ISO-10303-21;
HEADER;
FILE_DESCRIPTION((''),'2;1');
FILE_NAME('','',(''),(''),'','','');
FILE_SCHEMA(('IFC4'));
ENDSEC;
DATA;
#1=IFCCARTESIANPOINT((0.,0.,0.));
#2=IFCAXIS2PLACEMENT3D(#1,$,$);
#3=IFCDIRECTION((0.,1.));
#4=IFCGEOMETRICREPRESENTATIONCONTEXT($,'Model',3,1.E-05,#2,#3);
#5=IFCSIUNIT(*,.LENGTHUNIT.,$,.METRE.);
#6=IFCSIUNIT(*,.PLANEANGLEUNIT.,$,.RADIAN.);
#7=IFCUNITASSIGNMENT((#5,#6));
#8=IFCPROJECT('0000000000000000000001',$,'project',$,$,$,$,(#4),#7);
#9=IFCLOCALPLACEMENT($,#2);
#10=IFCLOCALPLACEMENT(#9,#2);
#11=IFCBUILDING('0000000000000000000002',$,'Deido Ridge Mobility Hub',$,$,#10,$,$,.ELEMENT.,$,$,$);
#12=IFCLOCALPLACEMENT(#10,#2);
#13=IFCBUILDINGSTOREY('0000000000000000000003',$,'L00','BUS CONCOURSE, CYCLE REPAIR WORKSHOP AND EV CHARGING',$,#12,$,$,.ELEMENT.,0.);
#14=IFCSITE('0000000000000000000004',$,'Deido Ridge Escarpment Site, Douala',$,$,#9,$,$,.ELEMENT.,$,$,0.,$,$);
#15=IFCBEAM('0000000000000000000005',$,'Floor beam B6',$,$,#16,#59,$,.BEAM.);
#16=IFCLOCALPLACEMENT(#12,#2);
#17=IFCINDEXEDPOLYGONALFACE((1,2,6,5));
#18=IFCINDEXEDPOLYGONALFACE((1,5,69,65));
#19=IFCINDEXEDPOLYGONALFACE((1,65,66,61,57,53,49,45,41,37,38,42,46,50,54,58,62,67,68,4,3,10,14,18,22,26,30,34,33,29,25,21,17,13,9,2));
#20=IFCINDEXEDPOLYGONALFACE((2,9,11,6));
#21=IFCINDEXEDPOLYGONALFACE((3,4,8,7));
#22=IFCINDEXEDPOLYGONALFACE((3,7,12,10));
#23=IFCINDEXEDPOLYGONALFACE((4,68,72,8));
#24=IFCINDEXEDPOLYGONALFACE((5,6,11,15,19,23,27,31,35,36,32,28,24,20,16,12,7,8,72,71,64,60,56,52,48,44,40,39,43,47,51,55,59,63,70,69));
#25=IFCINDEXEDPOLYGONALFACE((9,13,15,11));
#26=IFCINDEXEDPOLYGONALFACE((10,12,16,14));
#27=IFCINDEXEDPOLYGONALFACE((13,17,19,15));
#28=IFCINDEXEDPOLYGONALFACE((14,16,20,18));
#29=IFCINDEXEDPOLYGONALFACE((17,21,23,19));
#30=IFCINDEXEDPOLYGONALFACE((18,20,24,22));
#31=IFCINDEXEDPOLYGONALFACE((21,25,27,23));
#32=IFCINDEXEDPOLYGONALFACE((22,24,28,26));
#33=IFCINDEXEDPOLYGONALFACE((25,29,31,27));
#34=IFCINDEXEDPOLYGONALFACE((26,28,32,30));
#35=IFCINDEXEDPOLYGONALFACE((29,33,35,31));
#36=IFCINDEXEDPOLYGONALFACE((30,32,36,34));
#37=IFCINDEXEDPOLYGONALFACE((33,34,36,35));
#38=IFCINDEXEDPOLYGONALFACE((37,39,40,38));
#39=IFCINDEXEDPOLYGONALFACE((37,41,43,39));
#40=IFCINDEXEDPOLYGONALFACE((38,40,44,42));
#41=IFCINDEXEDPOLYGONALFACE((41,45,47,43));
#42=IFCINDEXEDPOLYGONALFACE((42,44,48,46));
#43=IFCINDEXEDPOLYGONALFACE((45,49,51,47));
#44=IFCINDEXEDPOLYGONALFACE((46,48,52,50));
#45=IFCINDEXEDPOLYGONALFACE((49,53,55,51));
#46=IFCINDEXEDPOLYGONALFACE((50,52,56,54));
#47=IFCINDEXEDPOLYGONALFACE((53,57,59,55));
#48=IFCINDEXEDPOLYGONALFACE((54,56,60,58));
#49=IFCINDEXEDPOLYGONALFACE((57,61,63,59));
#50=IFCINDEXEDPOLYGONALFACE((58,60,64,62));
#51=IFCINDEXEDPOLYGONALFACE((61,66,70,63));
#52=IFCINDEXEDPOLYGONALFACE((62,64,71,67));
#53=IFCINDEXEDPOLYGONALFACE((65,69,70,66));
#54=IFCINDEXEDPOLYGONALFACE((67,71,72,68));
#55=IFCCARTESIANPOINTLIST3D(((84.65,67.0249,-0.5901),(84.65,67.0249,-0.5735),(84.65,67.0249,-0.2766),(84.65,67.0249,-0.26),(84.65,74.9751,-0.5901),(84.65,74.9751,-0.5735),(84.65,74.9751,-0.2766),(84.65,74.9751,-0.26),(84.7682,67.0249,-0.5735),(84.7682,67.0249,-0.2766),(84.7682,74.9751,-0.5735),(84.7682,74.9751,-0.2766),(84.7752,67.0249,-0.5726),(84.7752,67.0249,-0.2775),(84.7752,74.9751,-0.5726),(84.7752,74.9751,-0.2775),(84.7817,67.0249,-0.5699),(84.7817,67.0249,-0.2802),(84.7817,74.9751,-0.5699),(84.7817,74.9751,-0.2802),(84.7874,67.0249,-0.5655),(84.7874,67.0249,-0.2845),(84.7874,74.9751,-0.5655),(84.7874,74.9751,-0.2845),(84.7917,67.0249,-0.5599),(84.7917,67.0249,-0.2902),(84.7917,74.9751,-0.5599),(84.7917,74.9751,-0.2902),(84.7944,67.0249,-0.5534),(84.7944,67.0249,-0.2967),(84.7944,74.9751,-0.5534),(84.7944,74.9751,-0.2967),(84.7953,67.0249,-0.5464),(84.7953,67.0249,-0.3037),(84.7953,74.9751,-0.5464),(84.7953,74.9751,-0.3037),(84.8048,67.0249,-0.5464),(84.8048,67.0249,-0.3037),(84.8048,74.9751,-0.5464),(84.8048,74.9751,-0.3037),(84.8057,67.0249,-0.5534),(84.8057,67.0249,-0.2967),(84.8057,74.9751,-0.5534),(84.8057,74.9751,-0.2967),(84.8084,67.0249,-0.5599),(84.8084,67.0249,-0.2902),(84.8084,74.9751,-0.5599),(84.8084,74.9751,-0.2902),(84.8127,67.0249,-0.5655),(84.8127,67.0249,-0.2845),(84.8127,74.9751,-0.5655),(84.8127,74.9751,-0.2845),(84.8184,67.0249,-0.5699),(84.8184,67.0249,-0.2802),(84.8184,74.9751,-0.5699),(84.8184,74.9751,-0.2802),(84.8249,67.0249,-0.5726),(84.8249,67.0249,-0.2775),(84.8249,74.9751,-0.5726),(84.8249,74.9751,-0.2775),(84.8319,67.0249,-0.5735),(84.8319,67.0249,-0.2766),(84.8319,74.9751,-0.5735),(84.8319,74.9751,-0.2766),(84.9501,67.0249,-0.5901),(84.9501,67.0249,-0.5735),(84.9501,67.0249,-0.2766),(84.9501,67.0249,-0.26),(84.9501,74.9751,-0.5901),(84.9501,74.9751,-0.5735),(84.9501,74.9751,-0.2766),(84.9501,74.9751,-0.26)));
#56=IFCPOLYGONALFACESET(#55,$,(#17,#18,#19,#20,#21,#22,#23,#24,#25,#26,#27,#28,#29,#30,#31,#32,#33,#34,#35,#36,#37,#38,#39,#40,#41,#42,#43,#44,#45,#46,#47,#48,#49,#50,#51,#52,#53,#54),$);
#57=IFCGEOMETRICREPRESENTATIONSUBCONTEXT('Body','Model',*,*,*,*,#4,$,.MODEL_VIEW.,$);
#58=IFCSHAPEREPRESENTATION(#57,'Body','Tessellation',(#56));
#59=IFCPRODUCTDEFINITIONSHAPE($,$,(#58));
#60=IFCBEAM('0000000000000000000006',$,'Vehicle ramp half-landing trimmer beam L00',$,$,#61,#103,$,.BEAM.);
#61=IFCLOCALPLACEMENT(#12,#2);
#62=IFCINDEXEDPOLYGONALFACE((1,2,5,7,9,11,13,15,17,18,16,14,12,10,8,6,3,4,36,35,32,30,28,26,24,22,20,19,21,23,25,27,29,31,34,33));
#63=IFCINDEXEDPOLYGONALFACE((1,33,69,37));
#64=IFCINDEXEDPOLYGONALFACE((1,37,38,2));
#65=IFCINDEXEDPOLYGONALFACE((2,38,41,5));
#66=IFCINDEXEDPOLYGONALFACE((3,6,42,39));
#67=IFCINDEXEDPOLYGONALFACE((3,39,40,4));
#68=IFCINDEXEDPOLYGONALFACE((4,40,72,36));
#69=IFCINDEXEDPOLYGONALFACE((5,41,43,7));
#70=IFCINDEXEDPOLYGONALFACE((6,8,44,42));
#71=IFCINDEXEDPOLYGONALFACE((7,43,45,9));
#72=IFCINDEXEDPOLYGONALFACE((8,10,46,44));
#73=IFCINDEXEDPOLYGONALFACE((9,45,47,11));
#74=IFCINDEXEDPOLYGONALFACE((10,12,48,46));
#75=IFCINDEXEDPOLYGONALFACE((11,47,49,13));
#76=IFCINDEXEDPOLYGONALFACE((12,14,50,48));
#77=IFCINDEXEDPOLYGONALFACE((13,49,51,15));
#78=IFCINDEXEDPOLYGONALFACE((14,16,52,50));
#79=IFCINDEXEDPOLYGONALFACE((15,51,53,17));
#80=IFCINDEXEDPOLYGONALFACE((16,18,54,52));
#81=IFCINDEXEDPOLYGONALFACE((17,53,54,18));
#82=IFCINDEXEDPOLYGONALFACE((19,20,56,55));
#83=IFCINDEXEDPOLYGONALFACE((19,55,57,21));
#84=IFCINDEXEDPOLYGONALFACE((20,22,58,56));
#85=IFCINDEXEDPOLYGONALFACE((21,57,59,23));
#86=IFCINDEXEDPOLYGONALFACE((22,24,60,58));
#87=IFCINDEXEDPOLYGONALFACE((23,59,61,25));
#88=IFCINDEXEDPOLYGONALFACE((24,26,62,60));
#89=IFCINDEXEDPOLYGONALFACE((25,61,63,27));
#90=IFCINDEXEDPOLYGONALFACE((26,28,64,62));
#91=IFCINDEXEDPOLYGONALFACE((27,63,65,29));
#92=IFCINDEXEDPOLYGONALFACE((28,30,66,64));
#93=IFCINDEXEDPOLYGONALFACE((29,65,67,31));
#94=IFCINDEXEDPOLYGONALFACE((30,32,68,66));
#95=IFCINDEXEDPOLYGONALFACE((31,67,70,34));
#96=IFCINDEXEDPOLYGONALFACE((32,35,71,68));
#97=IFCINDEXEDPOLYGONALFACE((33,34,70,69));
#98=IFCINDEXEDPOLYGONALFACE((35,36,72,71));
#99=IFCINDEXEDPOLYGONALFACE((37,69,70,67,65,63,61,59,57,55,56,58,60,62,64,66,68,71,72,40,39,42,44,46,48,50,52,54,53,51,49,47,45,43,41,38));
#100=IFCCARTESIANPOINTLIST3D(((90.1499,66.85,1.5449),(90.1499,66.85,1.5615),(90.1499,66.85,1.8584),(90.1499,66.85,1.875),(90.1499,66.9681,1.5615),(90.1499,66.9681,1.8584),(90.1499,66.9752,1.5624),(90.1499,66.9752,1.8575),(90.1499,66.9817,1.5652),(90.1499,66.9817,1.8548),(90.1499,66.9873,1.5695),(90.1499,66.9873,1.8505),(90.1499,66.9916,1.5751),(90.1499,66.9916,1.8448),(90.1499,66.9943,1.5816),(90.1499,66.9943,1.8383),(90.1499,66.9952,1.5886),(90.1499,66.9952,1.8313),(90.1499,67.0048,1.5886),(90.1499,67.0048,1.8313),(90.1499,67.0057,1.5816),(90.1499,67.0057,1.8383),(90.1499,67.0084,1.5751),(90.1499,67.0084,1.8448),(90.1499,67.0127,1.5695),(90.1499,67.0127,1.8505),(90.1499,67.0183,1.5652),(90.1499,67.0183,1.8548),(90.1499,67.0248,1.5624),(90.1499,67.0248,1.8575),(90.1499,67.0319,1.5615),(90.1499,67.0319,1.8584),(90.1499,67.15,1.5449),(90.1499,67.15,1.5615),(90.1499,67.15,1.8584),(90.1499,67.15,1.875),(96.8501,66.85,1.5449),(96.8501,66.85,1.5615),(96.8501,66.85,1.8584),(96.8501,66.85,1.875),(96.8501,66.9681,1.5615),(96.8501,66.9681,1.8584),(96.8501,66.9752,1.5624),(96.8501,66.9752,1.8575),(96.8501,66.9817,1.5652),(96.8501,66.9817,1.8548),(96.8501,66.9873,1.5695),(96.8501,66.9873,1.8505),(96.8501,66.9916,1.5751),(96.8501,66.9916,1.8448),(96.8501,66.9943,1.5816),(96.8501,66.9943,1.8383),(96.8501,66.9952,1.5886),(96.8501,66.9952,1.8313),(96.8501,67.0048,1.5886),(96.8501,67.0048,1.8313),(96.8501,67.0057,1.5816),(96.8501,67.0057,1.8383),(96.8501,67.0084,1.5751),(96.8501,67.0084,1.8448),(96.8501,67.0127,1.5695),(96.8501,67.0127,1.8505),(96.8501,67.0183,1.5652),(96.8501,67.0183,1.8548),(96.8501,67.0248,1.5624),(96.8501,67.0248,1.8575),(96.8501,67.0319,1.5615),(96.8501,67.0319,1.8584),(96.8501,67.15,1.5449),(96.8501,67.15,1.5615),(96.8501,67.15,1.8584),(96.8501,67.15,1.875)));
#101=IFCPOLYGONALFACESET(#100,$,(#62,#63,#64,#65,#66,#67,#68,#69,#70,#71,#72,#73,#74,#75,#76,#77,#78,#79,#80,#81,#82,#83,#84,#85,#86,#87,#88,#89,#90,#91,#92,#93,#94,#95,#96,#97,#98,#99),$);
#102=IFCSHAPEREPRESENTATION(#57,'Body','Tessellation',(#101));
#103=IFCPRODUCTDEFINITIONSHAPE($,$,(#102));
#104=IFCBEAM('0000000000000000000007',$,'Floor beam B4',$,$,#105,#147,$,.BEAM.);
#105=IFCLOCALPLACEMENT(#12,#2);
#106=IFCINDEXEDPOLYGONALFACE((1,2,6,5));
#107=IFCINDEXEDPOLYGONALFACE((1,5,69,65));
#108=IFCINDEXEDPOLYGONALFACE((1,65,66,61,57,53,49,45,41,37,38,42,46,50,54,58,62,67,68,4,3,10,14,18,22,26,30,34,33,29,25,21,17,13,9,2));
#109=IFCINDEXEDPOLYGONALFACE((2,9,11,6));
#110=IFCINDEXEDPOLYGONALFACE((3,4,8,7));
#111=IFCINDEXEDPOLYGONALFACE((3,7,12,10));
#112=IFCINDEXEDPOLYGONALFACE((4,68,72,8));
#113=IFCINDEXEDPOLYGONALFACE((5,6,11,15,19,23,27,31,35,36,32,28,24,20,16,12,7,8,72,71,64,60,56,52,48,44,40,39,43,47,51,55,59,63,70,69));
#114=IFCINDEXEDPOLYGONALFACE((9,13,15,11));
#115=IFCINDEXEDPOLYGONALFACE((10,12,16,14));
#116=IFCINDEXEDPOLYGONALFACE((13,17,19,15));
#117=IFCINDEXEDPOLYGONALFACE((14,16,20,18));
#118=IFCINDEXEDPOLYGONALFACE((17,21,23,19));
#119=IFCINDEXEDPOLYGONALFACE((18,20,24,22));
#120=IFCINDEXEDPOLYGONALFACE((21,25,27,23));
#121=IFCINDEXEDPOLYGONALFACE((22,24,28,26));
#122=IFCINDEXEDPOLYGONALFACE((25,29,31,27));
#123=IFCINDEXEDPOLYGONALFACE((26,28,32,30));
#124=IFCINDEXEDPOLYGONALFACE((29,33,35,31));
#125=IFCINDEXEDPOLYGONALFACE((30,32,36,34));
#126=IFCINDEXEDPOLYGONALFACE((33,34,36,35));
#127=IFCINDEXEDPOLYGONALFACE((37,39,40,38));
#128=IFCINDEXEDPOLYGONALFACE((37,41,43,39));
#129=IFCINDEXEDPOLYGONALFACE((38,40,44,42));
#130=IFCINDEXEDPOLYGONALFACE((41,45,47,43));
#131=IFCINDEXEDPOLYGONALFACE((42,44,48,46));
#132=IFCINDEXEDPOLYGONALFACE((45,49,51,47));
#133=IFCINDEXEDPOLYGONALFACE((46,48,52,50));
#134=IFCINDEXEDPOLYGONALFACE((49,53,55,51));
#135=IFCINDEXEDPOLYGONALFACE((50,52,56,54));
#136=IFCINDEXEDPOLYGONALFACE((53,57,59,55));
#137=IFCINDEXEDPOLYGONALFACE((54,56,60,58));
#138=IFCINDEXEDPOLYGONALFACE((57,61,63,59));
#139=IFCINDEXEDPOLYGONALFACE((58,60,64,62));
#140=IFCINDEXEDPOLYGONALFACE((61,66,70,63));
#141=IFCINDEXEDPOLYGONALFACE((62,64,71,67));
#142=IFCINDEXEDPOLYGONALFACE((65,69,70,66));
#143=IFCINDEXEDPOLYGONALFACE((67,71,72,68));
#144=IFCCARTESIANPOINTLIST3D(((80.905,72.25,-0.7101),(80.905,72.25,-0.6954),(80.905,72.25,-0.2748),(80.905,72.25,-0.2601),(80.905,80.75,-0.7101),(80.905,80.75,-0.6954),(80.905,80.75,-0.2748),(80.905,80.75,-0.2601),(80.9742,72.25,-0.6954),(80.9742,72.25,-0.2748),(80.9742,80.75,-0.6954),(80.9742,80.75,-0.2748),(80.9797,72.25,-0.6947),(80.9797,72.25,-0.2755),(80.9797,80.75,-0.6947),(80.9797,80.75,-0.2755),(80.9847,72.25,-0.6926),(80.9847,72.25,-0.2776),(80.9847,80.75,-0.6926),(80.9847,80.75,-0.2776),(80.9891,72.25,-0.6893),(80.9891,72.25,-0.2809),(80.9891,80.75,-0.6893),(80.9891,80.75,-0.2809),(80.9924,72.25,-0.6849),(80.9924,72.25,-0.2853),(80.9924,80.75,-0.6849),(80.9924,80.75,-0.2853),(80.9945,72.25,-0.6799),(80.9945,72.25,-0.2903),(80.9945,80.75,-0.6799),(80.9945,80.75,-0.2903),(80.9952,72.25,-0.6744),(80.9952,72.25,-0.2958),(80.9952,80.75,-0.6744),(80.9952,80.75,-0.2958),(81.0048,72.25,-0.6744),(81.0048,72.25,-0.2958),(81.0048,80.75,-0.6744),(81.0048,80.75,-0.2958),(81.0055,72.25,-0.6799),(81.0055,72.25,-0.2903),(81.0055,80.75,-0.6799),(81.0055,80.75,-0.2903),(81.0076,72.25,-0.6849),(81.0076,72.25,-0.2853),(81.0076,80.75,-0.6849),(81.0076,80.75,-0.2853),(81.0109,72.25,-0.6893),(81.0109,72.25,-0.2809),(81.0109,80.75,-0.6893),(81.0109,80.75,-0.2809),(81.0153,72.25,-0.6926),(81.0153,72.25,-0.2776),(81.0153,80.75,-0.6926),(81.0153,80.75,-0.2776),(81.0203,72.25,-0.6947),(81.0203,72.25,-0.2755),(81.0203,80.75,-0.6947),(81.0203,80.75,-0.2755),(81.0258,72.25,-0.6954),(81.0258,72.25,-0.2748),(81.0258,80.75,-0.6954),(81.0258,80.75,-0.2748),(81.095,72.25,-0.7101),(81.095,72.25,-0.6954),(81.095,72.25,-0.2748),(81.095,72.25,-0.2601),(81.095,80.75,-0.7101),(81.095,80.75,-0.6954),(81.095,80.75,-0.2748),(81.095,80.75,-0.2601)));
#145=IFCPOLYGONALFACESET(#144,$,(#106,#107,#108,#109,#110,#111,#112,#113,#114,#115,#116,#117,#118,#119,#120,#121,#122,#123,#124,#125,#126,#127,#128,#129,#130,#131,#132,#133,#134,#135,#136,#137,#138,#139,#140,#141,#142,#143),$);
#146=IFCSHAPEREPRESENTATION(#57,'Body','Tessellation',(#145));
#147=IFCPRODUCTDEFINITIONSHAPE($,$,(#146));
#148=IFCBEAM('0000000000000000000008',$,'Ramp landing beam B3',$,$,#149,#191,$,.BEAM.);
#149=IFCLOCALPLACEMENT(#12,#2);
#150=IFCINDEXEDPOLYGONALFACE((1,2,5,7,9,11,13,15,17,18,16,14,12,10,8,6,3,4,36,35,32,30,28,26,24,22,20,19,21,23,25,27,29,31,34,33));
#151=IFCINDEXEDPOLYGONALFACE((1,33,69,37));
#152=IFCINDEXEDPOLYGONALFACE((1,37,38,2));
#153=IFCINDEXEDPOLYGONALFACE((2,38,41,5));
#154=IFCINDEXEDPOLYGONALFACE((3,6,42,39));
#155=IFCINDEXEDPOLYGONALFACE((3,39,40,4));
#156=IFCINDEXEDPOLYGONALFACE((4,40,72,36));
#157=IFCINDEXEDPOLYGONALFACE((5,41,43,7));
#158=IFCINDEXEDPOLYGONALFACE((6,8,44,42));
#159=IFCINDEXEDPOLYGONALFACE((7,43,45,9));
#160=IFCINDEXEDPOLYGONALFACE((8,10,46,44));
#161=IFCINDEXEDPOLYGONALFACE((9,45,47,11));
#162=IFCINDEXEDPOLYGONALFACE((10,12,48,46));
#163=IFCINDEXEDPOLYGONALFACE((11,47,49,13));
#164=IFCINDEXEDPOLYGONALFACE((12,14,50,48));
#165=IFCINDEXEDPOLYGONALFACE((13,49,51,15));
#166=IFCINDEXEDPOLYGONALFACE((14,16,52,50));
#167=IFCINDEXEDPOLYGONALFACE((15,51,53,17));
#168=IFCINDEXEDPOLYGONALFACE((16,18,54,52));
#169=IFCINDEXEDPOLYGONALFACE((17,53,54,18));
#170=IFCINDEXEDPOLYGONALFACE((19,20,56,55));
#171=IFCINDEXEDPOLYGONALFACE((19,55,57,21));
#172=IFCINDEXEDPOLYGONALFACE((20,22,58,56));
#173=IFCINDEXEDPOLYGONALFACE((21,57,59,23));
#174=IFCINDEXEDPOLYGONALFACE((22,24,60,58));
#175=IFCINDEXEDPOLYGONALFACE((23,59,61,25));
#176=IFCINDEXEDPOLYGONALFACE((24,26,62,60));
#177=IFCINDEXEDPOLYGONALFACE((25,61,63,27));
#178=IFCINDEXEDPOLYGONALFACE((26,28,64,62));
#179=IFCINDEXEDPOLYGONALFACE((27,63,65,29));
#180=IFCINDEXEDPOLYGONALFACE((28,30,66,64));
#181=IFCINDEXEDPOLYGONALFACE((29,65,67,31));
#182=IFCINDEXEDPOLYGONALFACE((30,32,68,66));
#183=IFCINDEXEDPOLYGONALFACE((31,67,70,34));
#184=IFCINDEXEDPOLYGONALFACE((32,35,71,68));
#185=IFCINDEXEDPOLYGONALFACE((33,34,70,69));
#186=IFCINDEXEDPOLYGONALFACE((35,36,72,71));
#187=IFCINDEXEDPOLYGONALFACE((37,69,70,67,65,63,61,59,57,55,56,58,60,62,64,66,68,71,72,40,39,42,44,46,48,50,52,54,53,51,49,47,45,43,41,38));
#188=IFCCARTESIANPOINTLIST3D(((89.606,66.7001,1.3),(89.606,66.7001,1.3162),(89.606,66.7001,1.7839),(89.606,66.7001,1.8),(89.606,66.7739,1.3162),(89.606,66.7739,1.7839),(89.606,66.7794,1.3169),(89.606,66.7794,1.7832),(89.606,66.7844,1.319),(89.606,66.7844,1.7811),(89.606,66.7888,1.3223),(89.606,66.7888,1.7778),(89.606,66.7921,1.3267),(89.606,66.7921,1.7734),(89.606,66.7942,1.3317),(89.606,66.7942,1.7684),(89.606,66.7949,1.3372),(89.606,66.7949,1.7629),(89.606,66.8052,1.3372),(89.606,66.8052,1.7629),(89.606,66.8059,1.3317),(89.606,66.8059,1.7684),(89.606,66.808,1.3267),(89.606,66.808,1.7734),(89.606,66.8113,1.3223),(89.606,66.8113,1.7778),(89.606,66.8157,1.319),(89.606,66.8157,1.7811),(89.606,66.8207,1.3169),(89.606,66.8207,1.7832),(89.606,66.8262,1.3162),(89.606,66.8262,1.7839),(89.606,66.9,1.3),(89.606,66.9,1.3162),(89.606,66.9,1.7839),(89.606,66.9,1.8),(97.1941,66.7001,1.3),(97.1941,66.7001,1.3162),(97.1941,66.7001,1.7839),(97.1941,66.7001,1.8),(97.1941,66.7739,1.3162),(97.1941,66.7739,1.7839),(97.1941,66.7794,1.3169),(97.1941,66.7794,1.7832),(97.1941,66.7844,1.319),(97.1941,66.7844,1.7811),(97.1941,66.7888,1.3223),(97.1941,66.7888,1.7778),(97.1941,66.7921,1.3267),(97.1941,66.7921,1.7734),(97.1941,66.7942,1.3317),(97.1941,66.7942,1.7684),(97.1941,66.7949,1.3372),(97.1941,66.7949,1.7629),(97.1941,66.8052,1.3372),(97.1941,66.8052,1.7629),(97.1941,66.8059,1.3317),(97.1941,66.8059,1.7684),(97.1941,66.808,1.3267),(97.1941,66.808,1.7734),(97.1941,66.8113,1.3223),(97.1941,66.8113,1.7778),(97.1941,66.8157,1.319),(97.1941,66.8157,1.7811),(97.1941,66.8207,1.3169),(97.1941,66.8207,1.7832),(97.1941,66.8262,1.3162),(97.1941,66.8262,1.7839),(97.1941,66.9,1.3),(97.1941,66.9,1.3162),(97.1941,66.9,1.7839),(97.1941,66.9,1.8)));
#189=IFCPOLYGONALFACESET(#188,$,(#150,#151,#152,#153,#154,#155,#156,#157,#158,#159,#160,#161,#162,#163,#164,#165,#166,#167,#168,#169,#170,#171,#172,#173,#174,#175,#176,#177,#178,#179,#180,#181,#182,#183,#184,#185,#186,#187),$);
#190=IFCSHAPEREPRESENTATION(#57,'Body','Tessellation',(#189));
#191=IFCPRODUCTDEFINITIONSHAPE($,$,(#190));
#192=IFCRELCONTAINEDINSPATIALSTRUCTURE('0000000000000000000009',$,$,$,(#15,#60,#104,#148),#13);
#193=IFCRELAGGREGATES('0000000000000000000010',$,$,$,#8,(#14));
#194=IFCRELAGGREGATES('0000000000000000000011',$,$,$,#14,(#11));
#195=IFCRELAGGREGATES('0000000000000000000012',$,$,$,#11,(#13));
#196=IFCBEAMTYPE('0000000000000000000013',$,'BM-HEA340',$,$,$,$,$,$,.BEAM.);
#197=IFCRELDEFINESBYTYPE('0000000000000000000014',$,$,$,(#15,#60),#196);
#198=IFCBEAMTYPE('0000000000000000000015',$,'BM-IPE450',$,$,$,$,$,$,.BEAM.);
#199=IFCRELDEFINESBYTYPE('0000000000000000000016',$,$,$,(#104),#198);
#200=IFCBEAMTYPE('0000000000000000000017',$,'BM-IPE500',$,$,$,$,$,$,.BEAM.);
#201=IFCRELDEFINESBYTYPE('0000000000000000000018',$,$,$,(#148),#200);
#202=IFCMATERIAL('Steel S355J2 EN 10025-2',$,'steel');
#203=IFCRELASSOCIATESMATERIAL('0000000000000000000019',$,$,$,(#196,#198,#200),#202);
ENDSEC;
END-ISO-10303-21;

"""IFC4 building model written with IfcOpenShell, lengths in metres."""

from ifc_helpers import new_model, si_unit, direction, frame, origin, origin_2d, place, context, subcontext, project, spatial, i_section, extrude, material, material_profile, profile_set, type_object, element, save


model = new_model("IFC4")

# Units and contexts
model_context = context("Model", 3, precision=1e-05, world=origin(), true_north=direction((0.0, 1.0)))
body_context = subcontext(model_context, "Body", "Model", "MODEL_VIEW")
ifc_project = project(units=[si_unit("LENGTHUNIT", "METRE"), si_unit("PLANEANGLEUNIT", "RADIAN")], contexts=[model_context])

# Site, building, storey
site_placement = place(None, origin())
site = spatial("IfcSite", under=ifc_project, at=site_placement, Name="Deido Ridge Escarpment Site, Douala", CompositionType="ELEMENT", RefElevation=0.0)
building_placement = place(site_placement, origin())
building = spatial("IfcBuilding", under=site, at=building_placement, Name="Deido Ridge Mobility Hub", CompositionType="ELEMENT")
storey_placement = place(building_placement, origin())
storey = spatial("IfcBuildingStorey", under=building, at=storey_placement, Name="L00", Description="BUS CONCOURSE, CYCLE REPAIR WORKSHOP AND EV CHARGING", CompositionType="ELEMENT", Elevation=0.0)

# Shared definitions
ifc_material_1 = material(Name="Steel S355J2 EN 10025-2", Category="steel")

# Beams
ifc_material_profile_1 = material_profile(ifc_material_1, i_section(OverallWidth=0.3, OverallDepth=0.3301, WebThickness=0.0095, FlangeThickness=0.0166, FilletRadius=0.0271, at=origin_2d()), Name="HEA 340")
ifc_profile_set_1 = profile_set([ifc_material_profile_1], Name="Steel S355J2 EN 10025-2")
beam_type_1 = type_object("IfcBeamType", Name="BM-HEA340", PredefinedType="BEAM", material=ifc_profile_set_1)
beam_1_placement = place(storey_placement, frame((84.8, 67.0249, -0.425), z_axis=(0.0, 1.0, 0.0), x_axis=(-1.0, 0.0, 0.0)))
element("IfcBeam", 1, at=beam_1_placement, inside=storey, type_object=beam_type_1, Name="Floor beam B6", PredefinedType="BEAM", context=body_context, shape_type="SweptSolid", body=[
    extrude(i_section(OverallWidth=0.3, OverallDepth=0.3301, WebThickness=0.0095, FlangeThickness=0.0166, FilletRadius=0.0271, at=origin_2d()), origin(), (0.0, 0.0, 1.0), 7.9502),
])
beam_2_placement = place(storey_placement, frame((90.1499, 67.0, 1.71), z_axis=(1.0, 0.0, 0.0), x_axis=(0.0, 1.0, 0.0)))
element("IfcBeam", 2, at=beam_2_placement, inside=storey, type_object=beam_type_1, Name="Vehicle ramp half-landing trimmer beam L00", PredefinedType="BEAM", context=body_context, shape_type="SweptSolid", body=[
    extrude(i_section(OverallWidth=0.3, OverallDepth=0.3301, WebThickness=0.0095, FlangeThickness=0.0166, FilletRadius=0.0271, at=origin_2d()), origin(), (0.0, 0.0, 1.0), 6.7002),
])
ifc_material_profile_2 = material_profile(ifc_material_1, i_section(OverallWidth=0.1899, OverallDepth=0.45, WebThickness=0.0095, FlangeThickness=0.0146, FilletRadius=0.021, at=origin_2d()), Name="IPE 450")
ifc_profile_set_2 = profile_set([ifc_material_profile_2], Name="Steel S355J2 EN 10025-2")
beam_type_2 = type_object("IfcBeamType", Name="BM-IPE450", PredefinedType="BEAM", material=ifc_profile_set_2)
beam_3_placement = place(storey_placement, frame((81.0, 72.25, -0.4851), z_axis=(0.0, 1.0, 0.0), x_axis=(-1.0, 0.0, 0.0)))
element("IfcBeam", 3, at=beam_3_placement, inside=storey, type_object=beam_type_2, Name="Floor beam B4", PredefinedType="BEAM", context=body_context, shape_type="SweptSolid", body=[
    extrude(i_section(OverallWidth=0.1899, OverallDepth=0.45, WebThickness=0.0095, FlangeThickness=0.0146, FilletRadius=0.021, at=origin_2d()), origin(), (0.0, 0.0, 1.0), 8.5),
])
ifc_material_profile_3 = material_profile(ifc_material_1, i_section(OverallWidth=0.2, OverallDepth=0.5, WebThickness=0.0103, FlangeThickness=0.0161, FilletRadius=0.021, at=origin_2d()), Name="IPE 500")
ifc_profile_set_3 = profile_set([ifc_material_profile_3], Name="Steel S355J2 EN 10025-2")
beam_type_3 = type_object("IfcBeamType", Name="BM-IPE500", PredefinedType="BEAM", material=ifc_profile_set_3)
beam_4_placement = place(storey_placement, frame((89.606, 66.8, 1.55), z_axis=(1.0, 0.0, 0.0), x_axis=(0.0, 1.0, 0.0)))
element("IfcBeam", 4, at=beam_4_placement, inside=storey, type_object=beam_type_3, Name="Ramp landing beam B3", PredefinedType="BEAM", context=body_context, shape_type="SweptSolid", body=[
    extrude(i_section(OverallWidth=0.2, OverallDepth=0.5, WebThickness=0.0103, FlangeThickness=0.0161, FilletRadius=0.021, at=origin_2d()), origin(), (0.0, 0.0, 1.0), 7.5881),
])

save(model, "model.ifc")
